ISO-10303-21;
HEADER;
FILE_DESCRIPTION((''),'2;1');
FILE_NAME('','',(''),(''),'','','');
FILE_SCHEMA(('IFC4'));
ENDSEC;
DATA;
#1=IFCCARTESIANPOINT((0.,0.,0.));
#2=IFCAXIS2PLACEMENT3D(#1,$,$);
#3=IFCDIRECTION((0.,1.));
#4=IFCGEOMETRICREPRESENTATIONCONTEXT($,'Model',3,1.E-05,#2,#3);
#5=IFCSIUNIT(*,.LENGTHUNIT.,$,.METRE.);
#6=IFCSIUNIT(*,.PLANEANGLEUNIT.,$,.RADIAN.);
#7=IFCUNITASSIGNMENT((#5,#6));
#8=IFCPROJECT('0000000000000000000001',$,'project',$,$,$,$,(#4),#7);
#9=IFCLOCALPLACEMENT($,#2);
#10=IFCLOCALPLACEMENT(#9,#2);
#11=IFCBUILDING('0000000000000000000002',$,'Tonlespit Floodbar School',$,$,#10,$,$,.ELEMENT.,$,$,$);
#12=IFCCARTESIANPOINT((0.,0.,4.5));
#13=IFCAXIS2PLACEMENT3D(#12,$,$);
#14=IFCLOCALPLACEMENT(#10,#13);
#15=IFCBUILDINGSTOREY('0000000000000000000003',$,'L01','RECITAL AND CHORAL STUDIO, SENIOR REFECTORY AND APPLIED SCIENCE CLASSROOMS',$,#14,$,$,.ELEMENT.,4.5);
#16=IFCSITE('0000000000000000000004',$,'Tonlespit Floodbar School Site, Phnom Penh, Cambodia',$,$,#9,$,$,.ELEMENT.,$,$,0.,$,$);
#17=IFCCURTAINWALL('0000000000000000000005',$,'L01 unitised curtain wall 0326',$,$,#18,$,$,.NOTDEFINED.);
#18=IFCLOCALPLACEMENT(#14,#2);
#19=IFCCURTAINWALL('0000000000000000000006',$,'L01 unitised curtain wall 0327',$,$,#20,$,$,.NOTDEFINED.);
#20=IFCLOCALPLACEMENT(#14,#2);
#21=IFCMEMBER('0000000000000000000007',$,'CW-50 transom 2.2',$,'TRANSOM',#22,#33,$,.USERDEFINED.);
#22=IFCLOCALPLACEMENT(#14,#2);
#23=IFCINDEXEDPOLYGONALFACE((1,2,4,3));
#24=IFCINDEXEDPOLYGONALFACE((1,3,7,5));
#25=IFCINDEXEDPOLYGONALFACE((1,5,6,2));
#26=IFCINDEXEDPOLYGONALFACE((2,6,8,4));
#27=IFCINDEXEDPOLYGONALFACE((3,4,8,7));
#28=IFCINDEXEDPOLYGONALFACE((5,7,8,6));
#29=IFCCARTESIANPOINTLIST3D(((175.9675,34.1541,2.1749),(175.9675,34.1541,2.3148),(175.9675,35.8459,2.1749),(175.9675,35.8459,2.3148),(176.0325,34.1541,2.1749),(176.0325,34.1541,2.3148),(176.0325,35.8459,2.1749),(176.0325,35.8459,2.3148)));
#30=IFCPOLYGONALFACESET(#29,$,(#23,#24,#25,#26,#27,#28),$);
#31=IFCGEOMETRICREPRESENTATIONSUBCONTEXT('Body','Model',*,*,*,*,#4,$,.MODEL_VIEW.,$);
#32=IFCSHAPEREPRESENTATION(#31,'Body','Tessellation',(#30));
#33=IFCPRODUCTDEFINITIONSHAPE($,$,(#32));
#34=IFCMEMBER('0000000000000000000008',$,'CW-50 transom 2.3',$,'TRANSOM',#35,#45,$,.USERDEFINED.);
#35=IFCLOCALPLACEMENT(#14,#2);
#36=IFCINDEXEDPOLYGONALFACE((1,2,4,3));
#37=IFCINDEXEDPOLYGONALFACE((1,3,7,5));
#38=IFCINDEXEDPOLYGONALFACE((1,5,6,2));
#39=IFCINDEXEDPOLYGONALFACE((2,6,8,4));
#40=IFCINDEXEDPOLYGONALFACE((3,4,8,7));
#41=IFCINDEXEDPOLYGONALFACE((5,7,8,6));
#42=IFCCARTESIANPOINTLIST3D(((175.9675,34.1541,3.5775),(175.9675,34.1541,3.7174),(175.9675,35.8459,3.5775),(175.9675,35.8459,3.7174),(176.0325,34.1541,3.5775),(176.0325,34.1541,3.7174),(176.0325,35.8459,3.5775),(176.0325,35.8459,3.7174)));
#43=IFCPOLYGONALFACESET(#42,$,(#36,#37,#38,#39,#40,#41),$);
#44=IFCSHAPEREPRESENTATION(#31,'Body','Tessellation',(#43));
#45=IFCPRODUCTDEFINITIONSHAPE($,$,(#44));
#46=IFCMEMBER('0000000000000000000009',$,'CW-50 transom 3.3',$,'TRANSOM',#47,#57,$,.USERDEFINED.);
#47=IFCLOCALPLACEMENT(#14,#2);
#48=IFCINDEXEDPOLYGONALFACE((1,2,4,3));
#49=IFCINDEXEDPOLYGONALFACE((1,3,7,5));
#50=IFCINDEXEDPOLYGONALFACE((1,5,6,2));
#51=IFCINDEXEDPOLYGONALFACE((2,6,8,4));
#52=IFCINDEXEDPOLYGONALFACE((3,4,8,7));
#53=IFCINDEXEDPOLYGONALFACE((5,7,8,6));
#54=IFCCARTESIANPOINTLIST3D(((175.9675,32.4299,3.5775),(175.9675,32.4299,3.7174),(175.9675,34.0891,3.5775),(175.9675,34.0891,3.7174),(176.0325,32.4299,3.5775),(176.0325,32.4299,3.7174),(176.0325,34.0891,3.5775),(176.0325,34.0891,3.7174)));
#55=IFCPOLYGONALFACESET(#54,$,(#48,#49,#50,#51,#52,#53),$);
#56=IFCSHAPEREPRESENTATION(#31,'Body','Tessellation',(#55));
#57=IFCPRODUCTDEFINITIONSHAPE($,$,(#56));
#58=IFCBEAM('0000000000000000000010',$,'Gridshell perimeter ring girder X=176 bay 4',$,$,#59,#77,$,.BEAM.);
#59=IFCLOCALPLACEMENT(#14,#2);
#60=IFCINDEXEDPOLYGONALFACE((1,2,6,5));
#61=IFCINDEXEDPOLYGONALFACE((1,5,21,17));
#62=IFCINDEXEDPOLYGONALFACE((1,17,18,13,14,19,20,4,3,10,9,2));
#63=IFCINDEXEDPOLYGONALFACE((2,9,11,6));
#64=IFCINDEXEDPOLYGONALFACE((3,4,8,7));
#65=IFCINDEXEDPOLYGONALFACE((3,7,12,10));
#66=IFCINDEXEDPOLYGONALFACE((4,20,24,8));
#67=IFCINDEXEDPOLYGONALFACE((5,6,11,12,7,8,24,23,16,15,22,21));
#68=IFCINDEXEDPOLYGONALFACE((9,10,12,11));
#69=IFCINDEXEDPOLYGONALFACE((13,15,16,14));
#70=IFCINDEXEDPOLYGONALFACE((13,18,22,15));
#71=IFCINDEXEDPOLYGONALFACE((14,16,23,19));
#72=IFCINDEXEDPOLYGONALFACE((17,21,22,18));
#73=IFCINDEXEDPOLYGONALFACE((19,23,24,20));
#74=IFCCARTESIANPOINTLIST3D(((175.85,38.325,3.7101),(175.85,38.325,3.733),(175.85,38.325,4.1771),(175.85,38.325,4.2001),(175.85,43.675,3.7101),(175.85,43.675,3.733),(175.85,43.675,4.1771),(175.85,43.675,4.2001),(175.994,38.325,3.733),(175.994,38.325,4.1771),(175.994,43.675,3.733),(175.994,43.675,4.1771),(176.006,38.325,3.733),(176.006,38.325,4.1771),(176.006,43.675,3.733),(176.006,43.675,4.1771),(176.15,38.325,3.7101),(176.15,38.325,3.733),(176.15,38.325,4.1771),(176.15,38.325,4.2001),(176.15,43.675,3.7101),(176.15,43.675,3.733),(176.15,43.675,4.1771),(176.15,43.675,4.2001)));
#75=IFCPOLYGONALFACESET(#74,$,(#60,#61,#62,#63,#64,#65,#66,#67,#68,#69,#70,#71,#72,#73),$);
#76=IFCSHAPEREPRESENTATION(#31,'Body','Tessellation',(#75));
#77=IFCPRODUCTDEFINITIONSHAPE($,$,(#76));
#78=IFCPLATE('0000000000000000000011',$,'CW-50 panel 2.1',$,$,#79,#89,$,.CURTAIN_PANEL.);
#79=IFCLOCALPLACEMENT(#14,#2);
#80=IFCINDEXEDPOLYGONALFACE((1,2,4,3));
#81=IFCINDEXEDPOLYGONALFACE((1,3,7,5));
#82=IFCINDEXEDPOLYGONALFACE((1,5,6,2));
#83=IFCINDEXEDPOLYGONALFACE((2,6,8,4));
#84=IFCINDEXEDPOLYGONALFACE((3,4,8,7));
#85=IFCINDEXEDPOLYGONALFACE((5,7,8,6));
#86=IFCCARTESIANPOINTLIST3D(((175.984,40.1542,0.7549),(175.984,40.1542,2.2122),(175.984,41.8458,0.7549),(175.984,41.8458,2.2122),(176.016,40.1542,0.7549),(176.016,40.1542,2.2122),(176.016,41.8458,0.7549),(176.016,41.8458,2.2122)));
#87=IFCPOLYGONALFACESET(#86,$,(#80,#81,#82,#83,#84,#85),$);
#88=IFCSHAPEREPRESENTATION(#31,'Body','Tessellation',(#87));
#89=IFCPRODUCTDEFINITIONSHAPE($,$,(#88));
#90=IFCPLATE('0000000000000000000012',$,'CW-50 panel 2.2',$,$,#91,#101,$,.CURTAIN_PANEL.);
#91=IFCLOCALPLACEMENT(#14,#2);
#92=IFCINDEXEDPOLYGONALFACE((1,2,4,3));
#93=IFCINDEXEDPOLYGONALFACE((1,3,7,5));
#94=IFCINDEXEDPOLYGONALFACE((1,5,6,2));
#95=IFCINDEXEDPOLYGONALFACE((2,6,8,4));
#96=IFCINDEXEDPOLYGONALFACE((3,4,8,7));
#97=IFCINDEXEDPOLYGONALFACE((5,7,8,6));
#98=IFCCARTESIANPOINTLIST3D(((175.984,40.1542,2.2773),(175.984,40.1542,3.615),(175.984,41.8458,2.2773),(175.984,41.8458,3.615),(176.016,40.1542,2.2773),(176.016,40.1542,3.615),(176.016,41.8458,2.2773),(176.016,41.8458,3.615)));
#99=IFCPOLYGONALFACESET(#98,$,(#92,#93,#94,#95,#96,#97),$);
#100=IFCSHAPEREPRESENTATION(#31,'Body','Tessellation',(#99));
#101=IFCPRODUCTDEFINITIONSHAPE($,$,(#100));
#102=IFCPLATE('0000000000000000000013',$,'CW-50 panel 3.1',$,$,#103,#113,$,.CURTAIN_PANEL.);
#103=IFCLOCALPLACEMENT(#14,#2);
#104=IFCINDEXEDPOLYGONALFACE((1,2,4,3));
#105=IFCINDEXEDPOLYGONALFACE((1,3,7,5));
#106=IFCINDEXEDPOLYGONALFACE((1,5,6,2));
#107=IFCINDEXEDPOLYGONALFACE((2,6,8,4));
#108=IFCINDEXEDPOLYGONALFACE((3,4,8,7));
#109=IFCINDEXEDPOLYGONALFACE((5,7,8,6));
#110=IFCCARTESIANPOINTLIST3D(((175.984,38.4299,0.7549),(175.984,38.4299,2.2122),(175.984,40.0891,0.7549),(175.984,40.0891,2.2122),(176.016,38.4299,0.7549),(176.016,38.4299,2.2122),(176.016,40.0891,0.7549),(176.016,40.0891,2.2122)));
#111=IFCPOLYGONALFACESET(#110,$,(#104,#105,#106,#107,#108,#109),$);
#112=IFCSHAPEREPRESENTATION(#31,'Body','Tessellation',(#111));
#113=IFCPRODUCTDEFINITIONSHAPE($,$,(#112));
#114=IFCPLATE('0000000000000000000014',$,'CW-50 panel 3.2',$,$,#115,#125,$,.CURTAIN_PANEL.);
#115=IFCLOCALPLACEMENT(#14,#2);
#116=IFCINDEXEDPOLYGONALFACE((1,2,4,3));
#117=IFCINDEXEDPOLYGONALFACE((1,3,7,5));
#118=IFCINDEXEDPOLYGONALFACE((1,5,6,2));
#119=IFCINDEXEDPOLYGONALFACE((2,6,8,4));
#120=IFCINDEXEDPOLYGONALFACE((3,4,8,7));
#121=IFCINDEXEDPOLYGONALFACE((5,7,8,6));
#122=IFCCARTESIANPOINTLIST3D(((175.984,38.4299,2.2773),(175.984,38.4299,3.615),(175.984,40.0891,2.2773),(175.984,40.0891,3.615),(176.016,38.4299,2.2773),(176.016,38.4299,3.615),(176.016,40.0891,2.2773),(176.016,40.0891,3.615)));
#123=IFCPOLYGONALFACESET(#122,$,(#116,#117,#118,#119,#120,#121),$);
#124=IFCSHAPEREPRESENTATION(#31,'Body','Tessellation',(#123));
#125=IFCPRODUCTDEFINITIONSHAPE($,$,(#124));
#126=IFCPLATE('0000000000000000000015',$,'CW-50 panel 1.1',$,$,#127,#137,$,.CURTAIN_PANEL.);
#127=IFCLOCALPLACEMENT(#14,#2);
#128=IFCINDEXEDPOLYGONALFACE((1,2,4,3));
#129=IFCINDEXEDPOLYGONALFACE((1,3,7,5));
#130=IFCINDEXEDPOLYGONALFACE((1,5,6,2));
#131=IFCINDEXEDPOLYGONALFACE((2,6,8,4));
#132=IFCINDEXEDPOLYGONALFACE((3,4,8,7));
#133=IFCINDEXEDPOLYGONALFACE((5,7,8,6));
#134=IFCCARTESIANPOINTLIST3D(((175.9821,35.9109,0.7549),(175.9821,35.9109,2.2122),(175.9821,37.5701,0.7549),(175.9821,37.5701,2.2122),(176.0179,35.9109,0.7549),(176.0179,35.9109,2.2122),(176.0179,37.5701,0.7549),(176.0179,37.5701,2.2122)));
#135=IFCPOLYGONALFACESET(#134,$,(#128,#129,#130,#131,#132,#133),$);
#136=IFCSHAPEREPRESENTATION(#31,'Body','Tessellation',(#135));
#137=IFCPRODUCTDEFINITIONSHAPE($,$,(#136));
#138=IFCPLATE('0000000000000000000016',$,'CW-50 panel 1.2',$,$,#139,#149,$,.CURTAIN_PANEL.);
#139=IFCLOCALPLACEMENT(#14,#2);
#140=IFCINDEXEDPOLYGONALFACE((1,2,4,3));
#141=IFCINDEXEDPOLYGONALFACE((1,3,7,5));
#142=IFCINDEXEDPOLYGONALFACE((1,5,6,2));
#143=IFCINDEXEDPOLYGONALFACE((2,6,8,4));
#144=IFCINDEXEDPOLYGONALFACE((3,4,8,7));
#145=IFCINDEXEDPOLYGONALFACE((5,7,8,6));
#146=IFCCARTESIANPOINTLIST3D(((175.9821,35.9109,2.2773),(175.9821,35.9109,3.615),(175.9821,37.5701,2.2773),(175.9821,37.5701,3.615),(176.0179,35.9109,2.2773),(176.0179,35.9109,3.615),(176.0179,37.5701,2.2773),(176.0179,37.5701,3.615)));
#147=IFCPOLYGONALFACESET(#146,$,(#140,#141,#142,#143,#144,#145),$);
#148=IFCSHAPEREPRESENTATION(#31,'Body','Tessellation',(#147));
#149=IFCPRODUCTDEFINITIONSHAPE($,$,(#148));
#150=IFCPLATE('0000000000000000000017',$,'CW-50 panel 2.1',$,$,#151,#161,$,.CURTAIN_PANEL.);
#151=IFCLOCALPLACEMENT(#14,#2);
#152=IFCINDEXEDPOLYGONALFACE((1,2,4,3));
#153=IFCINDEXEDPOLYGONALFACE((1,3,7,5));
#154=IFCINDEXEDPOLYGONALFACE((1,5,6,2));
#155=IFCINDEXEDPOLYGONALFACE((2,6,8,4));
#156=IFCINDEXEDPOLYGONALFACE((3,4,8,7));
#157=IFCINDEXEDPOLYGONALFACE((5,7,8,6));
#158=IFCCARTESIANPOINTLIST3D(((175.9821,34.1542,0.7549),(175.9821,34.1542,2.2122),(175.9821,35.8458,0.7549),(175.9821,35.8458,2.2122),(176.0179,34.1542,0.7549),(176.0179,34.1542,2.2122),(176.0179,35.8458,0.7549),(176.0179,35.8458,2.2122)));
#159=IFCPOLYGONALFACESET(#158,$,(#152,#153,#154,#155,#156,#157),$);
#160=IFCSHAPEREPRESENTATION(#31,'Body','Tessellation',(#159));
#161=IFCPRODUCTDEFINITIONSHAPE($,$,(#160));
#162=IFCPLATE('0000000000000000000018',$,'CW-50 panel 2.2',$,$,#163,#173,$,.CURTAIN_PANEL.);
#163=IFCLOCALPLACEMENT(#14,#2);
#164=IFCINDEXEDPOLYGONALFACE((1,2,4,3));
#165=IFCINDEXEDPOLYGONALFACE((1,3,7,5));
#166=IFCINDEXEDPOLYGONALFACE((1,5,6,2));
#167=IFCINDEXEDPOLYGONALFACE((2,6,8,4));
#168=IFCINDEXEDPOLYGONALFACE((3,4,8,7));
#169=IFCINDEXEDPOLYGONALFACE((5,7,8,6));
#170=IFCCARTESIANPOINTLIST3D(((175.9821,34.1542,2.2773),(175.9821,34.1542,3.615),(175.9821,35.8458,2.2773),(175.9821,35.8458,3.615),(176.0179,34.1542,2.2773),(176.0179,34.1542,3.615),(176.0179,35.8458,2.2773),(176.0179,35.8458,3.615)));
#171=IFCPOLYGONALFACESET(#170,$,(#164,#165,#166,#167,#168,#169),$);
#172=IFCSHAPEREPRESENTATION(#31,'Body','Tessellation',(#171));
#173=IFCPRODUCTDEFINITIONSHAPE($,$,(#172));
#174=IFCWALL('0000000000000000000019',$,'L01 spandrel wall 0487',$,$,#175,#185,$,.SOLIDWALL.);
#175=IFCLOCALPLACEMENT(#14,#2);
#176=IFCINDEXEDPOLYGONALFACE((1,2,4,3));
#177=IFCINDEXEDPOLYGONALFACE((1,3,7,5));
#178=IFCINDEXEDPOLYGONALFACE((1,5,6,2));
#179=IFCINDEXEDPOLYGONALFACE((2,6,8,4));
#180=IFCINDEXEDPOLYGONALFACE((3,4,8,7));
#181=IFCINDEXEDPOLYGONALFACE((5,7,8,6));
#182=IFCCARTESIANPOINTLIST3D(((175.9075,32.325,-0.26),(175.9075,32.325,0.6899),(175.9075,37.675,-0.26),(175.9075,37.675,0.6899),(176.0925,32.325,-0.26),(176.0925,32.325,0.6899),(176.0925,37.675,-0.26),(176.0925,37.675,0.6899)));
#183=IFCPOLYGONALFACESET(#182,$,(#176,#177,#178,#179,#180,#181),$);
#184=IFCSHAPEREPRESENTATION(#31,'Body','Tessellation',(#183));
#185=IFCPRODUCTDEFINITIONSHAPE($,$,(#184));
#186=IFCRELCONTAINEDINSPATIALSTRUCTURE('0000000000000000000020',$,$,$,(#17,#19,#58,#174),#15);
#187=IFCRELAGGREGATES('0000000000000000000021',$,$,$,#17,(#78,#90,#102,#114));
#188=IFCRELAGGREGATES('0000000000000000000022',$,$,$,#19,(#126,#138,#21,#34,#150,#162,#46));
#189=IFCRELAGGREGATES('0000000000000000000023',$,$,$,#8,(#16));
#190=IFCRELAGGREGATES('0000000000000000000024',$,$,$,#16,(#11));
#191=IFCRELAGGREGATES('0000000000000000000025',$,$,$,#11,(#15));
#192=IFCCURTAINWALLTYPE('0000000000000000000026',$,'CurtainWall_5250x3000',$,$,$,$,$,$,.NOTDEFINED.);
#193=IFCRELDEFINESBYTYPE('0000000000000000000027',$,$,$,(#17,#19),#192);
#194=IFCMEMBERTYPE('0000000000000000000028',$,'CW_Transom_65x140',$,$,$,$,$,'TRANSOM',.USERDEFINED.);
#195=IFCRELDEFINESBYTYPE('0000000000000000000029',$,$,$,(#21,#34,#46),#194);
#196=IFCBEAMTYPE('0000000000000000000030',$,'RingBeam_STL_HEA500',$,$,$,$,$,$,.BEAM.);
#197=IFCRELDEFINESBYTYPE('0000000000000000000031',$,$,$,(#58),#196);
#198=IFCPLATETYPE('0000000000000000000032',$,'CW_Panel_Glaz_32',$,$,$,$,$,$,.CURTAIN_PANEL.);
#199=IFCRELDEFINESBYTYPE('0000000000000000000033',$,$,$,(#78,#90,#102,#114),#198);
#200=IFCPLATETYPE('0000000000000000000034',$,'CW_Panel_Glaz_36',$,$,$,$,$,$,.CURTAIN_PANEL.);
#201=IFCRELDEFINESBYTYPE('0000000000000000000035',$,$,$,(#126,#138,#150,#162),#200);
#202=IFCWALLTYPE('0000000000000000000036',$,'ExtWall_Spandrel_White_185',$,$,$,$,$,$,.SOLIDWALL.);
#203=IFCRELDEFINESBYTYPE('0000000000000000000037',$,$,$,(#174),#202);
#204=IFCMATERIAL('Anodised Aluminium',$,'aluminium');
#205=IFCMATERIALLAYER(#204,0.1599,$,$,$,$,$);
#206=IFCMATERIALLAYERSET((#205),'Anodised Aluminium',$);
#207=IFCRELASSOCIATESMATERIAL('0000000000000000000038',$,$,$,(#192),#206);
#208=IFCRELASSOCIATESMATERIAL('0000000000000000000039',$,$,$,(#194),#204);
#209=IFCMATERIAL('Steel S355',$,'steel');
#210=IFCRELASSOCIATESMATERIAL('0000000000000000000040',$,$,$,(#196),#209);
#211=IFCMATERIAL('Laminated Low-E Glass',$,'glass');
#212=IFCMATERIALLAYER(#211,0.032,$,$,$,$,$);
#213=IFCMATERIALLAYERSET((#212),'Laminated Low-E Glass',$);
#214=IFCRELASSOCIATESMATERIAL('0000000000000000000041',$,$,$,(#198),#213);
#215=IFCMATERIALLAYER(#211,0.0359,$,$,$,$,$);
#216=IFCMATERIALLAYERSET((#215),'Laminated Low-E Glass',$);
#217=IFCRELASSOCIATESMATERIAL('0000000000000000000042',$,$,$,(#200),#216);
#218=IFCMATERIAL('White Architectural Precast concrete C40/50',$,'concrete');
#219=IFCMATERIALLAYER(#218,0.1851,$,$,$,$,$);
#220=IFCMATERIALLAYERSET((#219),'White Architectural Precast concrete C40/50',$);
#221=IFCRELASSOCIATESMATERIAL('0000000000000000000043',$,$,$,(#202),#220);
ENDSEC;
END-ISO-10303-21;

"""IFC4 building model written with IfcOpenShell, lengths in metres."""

from ifc_helpers import new_model, si_unit, direction, frame, frame_2d, origin, origin_2d, place, context, subcontext, project, spatial, rectangle, i_section, extrude, material, layer, layer_set, material_profile, profile_set, type_object, element, aggregate, save


model = new_model("IFC4")

# Units and contexts
model_context = context("Model", 3, precision=1e-05, world=origin(), true_north=direction((0.0, 1.0)))
body_context = subcontext(model_context, "Body", "Model", "MODEL_VIEW")
ifc_project = project(units=[si_unit("LENGTHUNIT", "METRE"), si_unit("PLANEANGLEUNIT", "RADIAN")], contexts=[model_context])

# Site, building, storey
site_placement = place(None, origin())
site = spatial("IfcSite", under=ifc_project, at=site_placement, Name="Tonlespit Floodbar School Site, Phnom Penh, Cambodia", CompositionType="ELEMENT", RefElevation=0.0)
building_placement = place(site_placement, origin())
building = spatial("IfcBuilding", under=site, at=building_placement, Name="Tonlespit Floodbar School", CompositionType="ELEMENT")
storey_placement = place(building_placement, frame((0.0, 0.0, 4.5)))
storey = spatial("IfcBuildingStorey", under=building, at=storey_placement, Name="L01", Description="RECITAL AND CHORAL STUDIO, SENIOR REFECTORY AND APPLIED SCIENCE CLASSROOMS", CompositionType="ELEMENT", Elevation=4.5)

# Curtain walls
ifc_material_1 = material(Name="Anodised Aluminium", Category="aluminium")
ifc_layer_1 = layer(ifc_material_1, 0.1599)
ifc_layer_set_1 = layer_set([ifc_layer_1], Name="Anodised Aluminium")
curtain_wall_type = type_object("IfcCurtainWallType", Name="CurtainWall_5250x3000", PredefinedType="NOTDEFINED", material=ifc_layer_set_1)
curtain_wall_1_placement = place(storey_placement, origin())
curtain_wall_1 = element("IfcCurtainWall", 1, at=curtain_wall_1_placement, inside=storey, type_object=curtain_wall_type, Name="L01 unitised curtain wall 0326", PredefinedType="NOTDEFINED")
curtain_wall_2_placement = place(storey_placement, origin())
curtain_wall_2 = element("IfcCurtainWall", 2, at=curtain_wall_2_placement, inside=storey, type_object=curtain_wall_type, Name="L01 unitised curtain wall 0327", PredefinedType="NOTDEFINED")

# Members
ifc_material_profile_1 = material_profile(ifc_material_1, rectangle(XDim=0.0649, YDim=0.1399, at=origin_2d()), Name="ALU T65x140")
ifc_profile_set_1 = profile_set([ifc_material_profile_1], Name="Anodised Aluminium")
member_type_1 = type_object("IfcMemberType", Name="CW_Transom_65x140", ElementType="TRANSOM", PredefinedType="USERDEFINED", material=ifc_profile_set_1)
member_1_placement = place(storey_placement, frame((176.0, 35.8459, 2.2449), z_axis=(0.0, -1.0, 0.0), x_axis=(1.0, 0.0, 0.0)))
member_1 = element("IfcMember", 3, at=member_1_placement, type_object=member_type_1, Name="CW-50 transom 2.2", ObjectType="TRANSOM", PredefinedType="USERDEFINED", context=body_context, shape_type="SweptSolid", body=[
    extrude(rectangle(XDim=0.0649, YDim=0.1399, at=origin_2d()), origin(), (0.0, 0.0, 1.0), 1.6919),
])
member_2_placement = place(storey_placement, frame((176.0, 35.8459, 3.6475), z_axis=(0.0, -1.0, 0.0), x_axis=(1.0, 0.0, 0.0)))
member_2 = element("IfcMember", 4, at=member_2_placement, type_object=member_type_1, Name="CW-50 transom 2.3", ObjectType="TRANSOM", PredefinedType="USERDEFINED", context=body_context, shape_type="SweptSolid", body=[
    extrude(rectangle(XDim=0.0649, YDim=0.1399, at=origin_2d()), origin(), (0.0, 0.0, 1.0), 1.6919),
])
member_3_placement = place(storey_placement, frame((176.0, 34.0891, 3.6475), z_axis=(0.0, -1.0, 0.0), x_axis=(1.0, 0.0, 0.0)))
member_3 = element("IfcMember", 5, at=member_3_placement, type_object=member_type_1, Name="CW-50 transom 3.3", ObjectType="TRANSOM", PredefinedType="USERDEFINED", context=body_context, shape_type="SweptSolid", body=[
    extrude(rectangle(XDim=0.0649, YDim=0.1399, at=origin_2d()), origin(), (0.0, 0.0, 1.0), 1.6592),
])

# Beam
ifc_material_2 = material(Name="Steel S355", Category="steel")
ifc_material_profile_2 = material_profile(ifc_material_2, i_section(OverallWidth=0.3, OverallDepth=0.49, WebThickness=0.012, FlangeThickness=0.0229, at=origin_2d()), Name="HEA 500")
ifc_profile_set_2 = profile_set([ifc_material_profile_2], Name="Steel S355")
beam_type = type_object("IfcBeamType", Name="RingBeam_STL_HEA500", PredefinedType="BEAM", material=ifc_profile_set_2)
beam_placement = place(storey_placement, frame((176.0, 38.325, 3.9551), z_axis=(0.0, 1.0, 0.0), x_axis=(-1.0, 0.0, 0.0)))
element("IfcBeam", 6, at=beam_placement, inside=storey, type_object=beam_type, Name="Gridshell perimeter ring girder X=176 bay 4", PredefinedType="BEAM", context=body_context, shape_type="SweptSolid", body=[
    extrude(i_section(OverallWidth=0.3, OverallDepth=0.49, WebThickness=0.012, FlangeThickness=0.0229, at=origin_2d()), origin(), (0.0, 0.0, 1.0), 5.3501),
])

# Plates
ifc_material_3 = material(Name="Laminated Low-E Glass", Category="glass")
ifc_layer_2 = layer(ifc_material_3, 0.032)
ifc_layer_set_2 = layer_set([ifc_layer_2], Name="Laminated Low-E Glass")
plate_type_1 = type_object("IfcPlateType", Name="CW_Panel_Glaz_32", PredefinedType="CURTAIN_PANEL", material=ifc_layer_set_2)
plate_1_placement = place(storey_placement, frame((176.0, 41.0, 0.7549), z_axis=(0.0, 0.0, 1.0), x_axis=(0.0, -1.0, 0.0)))
plate_1 = element("IfcPlate", 7, at=plate_1_placement, type_object=plate_type_1, Name="CW-50 panel 2.1", PredefinedType="CURTAIN_PANEL", context=body_context, shape_type="SweptSolid", body=[
    extrude(rectangle(XDim=1.6917, YDim=0.032, at=origin_2d()), origin(), (0.0, 0.0, 1.0), 1.4573),
])
plate_2_placement = place(storey_placement, frame((176.0, 41.0, 2.2773), z_axis=(0.0, 0.0, 1.0), x_axis=(0.0, -1.0, 0.0)))
plate_2 = element("IfcPlate", 8, at=plate_2_placement, type_object=plate_type_1, Name="CW-50 panel 2.2", PredefinedType="CURTAIN_PANEL", context=body_context, shape_type="SweptSolid", body=[
    extrude(rectangle(XDim=1.6917, YDim=0.032, at=origin_2d()), origin(), (0.0, 0.0, 1.0), 1.3376),
])
plate_3_placement = place(storey_placement, frame((176.0, 39.2595, 0.7549), z_axis=(0.0, 0.0, 1.0), x_axis=(0.0, -1.0, 0.0)))
plate_3 = element("IfcPlate", 9, at=plate_3_placement, type_object=plate_type_1, Name="CW-50 panel 3.1", PredefinedType="CURTAIN_PANEL", context=body_context, shape_type="SweptSolid", body=[
    extrude(rectangle(XDim=1.6592, YDim=0.032, at=origin_2d()), origin(), (0.0, 0.0, 1.0), 1.4573),
])
plate_4_placement = place(storey_placement, frame((176.0, 39.2595, 2.2773), z_axis=(0.0, 0.0, 1.0), x_axis=(0.0, -1.0, 0.0)))
plate_4 = element("IfcPlate", 10, at=plate_4_placement, type_object=plate_type_1, Name="CW-50 panel 3.2", PredefinedType="CURTAIN_PANEL", context=body_context, shape_type="SweptSolid", body=[
    extrude(rectangle(XDim=1.6592, YDim=0.032, at=origin_2d()), origin(), (0.0, 0.0, 1.0), 1.3376),
])
aggregate(curtain_wall_1, [plate_1, plate_2, plate_3, plate_4])
ifc_layer_3 = layer(ifc_material_3, 0.0359)
ifc_layer_set_3 = layer_set([ifc_layer_3], Name="Laminated Low-E Glass")
plate_type_2 = type_object("IfcPlateType", Name="CW_Panel_Glaz_36", PredefinedType="CURTAIN_PANEL", material=ifc_layer_set_3)
plate_5_placement = place(storey_placement, frame((176.0, 36.7405, 0.7549), z_axis=(0.0, 0.0, 1.0), x_axis=(0.0, -1.0, 0.0)))
plate_5 = element("IfcPlate", 11, at=plate_5_placement, type_object=plate_type_2, Name="CW-50 panel 1.1", PredefinedType="CURTAIN_PANEL", context=body_context, shape_type="SweptSolid", body=[
    extrude(rectangle(XDim=1.6592, YDim=0.0359, at=origin_2d()), origin(), (0.0, 0.0, 1.0), 1.4573),
])
plate_6_placement = place(storey_placement, frame((176.0, 36.7405, 2.2773), z_axis=(0.0, 0.0, 1.0), x_axis=(0.0, -1.0, 0.0)))
plate_6 = element("IfcPlate", 12, at=plate_6_placement, type_object=plate_type_2, Name="CW-50 panel 1.2", PredefinedType="CURTAIN_PANEL", context=body_context, shape_type="SweptSolid", body=[
    extrude(rectangle(XDim=1.6592, YDim=0.0359, at=origin_2d()), origin(), (0.0, 0.0, 1.0), 1.3376),
])
plate_7_placement = place(storey_placement, frame((176.0, 35.0, 0.7549), z_axis=(0.0, 0.0, 1.0), x_axis=(0.0, -1.0, 0.0)))
plate_7 = element("IfcPlate", 13, at=plate_7_placement, type_object=plate_type_2, Name="CW-50 panel 2.1", PredefinedType="CURTAIN_PANEL", context=body_context, shape_type="SweptSolid", body=[
    extrude(rectangle(XDim=1.6917, YDim=0.0359, at=origin_2d()), origin(), (0.0, 0.0, 1.0), 1.4573),
])
plate_8_placement = place(storey_placement, frame((176.0, 35.0, 2.2773), z_axis=(0.0, 0.0, 1.0), x_axis=(0.0, -1.0, 0.0)))
plate_8 = element("IfcPlate", 14, at=plate_8_placement, type_object=plate_type_2, Name="CW-50 panel 2.2", PredefinedType="CURTAIN_PANEL", context=body_context, shape_type="SweptSolid", body=[
    extrude(rectangle(XDim=1.6917, YDim=0.0359, at=origin_2d()), origin(), (0.0, 0.0, 1.0), 1.3376),
])
aggregate(curtain_wall_2, [plate_5, plate_6, member_1, member_2, plate_7, plate_8, member_3])

# Wall
ifc_material_4 = material(Name="White Architectural Precast concrete C40/50", Category="concrete")
ifc_layer_4 = layer(ifc_material_4, 0.1851)
ifc_layer_set_4 = layer_set([ifc_layer_4], Name="White Architectural Precast concrete C40/50")
wall_type = type_object("IfcWallType", Name="ExtWall_Spandrel_White_185", PredefinedType="SOLIDWALL", material=ifc_layer_set_4)
wall_placement = place(storey_placement, frame((176.0, 37.675, -0.26), z_axis=(0.0, 0.0, 1.0), x_axis=(0.0, -1.0, 0.0)))
element("IfcWall", 15, at=wall_placement, inside=storey, type_object=wall_type, Name="L01 spandrel wall 0487", PredefinedType="SOLIDWALL", context=body_context, shape_type="SweptSolid", body=[
    extrude(rectangle(XDim=5.3501, YDim=0.1851, at=frame_2d((2.675, 0.0))), origin(), (0.0, 0.0, 1.0), 0.95),
])

save(model, "model.ifc")
